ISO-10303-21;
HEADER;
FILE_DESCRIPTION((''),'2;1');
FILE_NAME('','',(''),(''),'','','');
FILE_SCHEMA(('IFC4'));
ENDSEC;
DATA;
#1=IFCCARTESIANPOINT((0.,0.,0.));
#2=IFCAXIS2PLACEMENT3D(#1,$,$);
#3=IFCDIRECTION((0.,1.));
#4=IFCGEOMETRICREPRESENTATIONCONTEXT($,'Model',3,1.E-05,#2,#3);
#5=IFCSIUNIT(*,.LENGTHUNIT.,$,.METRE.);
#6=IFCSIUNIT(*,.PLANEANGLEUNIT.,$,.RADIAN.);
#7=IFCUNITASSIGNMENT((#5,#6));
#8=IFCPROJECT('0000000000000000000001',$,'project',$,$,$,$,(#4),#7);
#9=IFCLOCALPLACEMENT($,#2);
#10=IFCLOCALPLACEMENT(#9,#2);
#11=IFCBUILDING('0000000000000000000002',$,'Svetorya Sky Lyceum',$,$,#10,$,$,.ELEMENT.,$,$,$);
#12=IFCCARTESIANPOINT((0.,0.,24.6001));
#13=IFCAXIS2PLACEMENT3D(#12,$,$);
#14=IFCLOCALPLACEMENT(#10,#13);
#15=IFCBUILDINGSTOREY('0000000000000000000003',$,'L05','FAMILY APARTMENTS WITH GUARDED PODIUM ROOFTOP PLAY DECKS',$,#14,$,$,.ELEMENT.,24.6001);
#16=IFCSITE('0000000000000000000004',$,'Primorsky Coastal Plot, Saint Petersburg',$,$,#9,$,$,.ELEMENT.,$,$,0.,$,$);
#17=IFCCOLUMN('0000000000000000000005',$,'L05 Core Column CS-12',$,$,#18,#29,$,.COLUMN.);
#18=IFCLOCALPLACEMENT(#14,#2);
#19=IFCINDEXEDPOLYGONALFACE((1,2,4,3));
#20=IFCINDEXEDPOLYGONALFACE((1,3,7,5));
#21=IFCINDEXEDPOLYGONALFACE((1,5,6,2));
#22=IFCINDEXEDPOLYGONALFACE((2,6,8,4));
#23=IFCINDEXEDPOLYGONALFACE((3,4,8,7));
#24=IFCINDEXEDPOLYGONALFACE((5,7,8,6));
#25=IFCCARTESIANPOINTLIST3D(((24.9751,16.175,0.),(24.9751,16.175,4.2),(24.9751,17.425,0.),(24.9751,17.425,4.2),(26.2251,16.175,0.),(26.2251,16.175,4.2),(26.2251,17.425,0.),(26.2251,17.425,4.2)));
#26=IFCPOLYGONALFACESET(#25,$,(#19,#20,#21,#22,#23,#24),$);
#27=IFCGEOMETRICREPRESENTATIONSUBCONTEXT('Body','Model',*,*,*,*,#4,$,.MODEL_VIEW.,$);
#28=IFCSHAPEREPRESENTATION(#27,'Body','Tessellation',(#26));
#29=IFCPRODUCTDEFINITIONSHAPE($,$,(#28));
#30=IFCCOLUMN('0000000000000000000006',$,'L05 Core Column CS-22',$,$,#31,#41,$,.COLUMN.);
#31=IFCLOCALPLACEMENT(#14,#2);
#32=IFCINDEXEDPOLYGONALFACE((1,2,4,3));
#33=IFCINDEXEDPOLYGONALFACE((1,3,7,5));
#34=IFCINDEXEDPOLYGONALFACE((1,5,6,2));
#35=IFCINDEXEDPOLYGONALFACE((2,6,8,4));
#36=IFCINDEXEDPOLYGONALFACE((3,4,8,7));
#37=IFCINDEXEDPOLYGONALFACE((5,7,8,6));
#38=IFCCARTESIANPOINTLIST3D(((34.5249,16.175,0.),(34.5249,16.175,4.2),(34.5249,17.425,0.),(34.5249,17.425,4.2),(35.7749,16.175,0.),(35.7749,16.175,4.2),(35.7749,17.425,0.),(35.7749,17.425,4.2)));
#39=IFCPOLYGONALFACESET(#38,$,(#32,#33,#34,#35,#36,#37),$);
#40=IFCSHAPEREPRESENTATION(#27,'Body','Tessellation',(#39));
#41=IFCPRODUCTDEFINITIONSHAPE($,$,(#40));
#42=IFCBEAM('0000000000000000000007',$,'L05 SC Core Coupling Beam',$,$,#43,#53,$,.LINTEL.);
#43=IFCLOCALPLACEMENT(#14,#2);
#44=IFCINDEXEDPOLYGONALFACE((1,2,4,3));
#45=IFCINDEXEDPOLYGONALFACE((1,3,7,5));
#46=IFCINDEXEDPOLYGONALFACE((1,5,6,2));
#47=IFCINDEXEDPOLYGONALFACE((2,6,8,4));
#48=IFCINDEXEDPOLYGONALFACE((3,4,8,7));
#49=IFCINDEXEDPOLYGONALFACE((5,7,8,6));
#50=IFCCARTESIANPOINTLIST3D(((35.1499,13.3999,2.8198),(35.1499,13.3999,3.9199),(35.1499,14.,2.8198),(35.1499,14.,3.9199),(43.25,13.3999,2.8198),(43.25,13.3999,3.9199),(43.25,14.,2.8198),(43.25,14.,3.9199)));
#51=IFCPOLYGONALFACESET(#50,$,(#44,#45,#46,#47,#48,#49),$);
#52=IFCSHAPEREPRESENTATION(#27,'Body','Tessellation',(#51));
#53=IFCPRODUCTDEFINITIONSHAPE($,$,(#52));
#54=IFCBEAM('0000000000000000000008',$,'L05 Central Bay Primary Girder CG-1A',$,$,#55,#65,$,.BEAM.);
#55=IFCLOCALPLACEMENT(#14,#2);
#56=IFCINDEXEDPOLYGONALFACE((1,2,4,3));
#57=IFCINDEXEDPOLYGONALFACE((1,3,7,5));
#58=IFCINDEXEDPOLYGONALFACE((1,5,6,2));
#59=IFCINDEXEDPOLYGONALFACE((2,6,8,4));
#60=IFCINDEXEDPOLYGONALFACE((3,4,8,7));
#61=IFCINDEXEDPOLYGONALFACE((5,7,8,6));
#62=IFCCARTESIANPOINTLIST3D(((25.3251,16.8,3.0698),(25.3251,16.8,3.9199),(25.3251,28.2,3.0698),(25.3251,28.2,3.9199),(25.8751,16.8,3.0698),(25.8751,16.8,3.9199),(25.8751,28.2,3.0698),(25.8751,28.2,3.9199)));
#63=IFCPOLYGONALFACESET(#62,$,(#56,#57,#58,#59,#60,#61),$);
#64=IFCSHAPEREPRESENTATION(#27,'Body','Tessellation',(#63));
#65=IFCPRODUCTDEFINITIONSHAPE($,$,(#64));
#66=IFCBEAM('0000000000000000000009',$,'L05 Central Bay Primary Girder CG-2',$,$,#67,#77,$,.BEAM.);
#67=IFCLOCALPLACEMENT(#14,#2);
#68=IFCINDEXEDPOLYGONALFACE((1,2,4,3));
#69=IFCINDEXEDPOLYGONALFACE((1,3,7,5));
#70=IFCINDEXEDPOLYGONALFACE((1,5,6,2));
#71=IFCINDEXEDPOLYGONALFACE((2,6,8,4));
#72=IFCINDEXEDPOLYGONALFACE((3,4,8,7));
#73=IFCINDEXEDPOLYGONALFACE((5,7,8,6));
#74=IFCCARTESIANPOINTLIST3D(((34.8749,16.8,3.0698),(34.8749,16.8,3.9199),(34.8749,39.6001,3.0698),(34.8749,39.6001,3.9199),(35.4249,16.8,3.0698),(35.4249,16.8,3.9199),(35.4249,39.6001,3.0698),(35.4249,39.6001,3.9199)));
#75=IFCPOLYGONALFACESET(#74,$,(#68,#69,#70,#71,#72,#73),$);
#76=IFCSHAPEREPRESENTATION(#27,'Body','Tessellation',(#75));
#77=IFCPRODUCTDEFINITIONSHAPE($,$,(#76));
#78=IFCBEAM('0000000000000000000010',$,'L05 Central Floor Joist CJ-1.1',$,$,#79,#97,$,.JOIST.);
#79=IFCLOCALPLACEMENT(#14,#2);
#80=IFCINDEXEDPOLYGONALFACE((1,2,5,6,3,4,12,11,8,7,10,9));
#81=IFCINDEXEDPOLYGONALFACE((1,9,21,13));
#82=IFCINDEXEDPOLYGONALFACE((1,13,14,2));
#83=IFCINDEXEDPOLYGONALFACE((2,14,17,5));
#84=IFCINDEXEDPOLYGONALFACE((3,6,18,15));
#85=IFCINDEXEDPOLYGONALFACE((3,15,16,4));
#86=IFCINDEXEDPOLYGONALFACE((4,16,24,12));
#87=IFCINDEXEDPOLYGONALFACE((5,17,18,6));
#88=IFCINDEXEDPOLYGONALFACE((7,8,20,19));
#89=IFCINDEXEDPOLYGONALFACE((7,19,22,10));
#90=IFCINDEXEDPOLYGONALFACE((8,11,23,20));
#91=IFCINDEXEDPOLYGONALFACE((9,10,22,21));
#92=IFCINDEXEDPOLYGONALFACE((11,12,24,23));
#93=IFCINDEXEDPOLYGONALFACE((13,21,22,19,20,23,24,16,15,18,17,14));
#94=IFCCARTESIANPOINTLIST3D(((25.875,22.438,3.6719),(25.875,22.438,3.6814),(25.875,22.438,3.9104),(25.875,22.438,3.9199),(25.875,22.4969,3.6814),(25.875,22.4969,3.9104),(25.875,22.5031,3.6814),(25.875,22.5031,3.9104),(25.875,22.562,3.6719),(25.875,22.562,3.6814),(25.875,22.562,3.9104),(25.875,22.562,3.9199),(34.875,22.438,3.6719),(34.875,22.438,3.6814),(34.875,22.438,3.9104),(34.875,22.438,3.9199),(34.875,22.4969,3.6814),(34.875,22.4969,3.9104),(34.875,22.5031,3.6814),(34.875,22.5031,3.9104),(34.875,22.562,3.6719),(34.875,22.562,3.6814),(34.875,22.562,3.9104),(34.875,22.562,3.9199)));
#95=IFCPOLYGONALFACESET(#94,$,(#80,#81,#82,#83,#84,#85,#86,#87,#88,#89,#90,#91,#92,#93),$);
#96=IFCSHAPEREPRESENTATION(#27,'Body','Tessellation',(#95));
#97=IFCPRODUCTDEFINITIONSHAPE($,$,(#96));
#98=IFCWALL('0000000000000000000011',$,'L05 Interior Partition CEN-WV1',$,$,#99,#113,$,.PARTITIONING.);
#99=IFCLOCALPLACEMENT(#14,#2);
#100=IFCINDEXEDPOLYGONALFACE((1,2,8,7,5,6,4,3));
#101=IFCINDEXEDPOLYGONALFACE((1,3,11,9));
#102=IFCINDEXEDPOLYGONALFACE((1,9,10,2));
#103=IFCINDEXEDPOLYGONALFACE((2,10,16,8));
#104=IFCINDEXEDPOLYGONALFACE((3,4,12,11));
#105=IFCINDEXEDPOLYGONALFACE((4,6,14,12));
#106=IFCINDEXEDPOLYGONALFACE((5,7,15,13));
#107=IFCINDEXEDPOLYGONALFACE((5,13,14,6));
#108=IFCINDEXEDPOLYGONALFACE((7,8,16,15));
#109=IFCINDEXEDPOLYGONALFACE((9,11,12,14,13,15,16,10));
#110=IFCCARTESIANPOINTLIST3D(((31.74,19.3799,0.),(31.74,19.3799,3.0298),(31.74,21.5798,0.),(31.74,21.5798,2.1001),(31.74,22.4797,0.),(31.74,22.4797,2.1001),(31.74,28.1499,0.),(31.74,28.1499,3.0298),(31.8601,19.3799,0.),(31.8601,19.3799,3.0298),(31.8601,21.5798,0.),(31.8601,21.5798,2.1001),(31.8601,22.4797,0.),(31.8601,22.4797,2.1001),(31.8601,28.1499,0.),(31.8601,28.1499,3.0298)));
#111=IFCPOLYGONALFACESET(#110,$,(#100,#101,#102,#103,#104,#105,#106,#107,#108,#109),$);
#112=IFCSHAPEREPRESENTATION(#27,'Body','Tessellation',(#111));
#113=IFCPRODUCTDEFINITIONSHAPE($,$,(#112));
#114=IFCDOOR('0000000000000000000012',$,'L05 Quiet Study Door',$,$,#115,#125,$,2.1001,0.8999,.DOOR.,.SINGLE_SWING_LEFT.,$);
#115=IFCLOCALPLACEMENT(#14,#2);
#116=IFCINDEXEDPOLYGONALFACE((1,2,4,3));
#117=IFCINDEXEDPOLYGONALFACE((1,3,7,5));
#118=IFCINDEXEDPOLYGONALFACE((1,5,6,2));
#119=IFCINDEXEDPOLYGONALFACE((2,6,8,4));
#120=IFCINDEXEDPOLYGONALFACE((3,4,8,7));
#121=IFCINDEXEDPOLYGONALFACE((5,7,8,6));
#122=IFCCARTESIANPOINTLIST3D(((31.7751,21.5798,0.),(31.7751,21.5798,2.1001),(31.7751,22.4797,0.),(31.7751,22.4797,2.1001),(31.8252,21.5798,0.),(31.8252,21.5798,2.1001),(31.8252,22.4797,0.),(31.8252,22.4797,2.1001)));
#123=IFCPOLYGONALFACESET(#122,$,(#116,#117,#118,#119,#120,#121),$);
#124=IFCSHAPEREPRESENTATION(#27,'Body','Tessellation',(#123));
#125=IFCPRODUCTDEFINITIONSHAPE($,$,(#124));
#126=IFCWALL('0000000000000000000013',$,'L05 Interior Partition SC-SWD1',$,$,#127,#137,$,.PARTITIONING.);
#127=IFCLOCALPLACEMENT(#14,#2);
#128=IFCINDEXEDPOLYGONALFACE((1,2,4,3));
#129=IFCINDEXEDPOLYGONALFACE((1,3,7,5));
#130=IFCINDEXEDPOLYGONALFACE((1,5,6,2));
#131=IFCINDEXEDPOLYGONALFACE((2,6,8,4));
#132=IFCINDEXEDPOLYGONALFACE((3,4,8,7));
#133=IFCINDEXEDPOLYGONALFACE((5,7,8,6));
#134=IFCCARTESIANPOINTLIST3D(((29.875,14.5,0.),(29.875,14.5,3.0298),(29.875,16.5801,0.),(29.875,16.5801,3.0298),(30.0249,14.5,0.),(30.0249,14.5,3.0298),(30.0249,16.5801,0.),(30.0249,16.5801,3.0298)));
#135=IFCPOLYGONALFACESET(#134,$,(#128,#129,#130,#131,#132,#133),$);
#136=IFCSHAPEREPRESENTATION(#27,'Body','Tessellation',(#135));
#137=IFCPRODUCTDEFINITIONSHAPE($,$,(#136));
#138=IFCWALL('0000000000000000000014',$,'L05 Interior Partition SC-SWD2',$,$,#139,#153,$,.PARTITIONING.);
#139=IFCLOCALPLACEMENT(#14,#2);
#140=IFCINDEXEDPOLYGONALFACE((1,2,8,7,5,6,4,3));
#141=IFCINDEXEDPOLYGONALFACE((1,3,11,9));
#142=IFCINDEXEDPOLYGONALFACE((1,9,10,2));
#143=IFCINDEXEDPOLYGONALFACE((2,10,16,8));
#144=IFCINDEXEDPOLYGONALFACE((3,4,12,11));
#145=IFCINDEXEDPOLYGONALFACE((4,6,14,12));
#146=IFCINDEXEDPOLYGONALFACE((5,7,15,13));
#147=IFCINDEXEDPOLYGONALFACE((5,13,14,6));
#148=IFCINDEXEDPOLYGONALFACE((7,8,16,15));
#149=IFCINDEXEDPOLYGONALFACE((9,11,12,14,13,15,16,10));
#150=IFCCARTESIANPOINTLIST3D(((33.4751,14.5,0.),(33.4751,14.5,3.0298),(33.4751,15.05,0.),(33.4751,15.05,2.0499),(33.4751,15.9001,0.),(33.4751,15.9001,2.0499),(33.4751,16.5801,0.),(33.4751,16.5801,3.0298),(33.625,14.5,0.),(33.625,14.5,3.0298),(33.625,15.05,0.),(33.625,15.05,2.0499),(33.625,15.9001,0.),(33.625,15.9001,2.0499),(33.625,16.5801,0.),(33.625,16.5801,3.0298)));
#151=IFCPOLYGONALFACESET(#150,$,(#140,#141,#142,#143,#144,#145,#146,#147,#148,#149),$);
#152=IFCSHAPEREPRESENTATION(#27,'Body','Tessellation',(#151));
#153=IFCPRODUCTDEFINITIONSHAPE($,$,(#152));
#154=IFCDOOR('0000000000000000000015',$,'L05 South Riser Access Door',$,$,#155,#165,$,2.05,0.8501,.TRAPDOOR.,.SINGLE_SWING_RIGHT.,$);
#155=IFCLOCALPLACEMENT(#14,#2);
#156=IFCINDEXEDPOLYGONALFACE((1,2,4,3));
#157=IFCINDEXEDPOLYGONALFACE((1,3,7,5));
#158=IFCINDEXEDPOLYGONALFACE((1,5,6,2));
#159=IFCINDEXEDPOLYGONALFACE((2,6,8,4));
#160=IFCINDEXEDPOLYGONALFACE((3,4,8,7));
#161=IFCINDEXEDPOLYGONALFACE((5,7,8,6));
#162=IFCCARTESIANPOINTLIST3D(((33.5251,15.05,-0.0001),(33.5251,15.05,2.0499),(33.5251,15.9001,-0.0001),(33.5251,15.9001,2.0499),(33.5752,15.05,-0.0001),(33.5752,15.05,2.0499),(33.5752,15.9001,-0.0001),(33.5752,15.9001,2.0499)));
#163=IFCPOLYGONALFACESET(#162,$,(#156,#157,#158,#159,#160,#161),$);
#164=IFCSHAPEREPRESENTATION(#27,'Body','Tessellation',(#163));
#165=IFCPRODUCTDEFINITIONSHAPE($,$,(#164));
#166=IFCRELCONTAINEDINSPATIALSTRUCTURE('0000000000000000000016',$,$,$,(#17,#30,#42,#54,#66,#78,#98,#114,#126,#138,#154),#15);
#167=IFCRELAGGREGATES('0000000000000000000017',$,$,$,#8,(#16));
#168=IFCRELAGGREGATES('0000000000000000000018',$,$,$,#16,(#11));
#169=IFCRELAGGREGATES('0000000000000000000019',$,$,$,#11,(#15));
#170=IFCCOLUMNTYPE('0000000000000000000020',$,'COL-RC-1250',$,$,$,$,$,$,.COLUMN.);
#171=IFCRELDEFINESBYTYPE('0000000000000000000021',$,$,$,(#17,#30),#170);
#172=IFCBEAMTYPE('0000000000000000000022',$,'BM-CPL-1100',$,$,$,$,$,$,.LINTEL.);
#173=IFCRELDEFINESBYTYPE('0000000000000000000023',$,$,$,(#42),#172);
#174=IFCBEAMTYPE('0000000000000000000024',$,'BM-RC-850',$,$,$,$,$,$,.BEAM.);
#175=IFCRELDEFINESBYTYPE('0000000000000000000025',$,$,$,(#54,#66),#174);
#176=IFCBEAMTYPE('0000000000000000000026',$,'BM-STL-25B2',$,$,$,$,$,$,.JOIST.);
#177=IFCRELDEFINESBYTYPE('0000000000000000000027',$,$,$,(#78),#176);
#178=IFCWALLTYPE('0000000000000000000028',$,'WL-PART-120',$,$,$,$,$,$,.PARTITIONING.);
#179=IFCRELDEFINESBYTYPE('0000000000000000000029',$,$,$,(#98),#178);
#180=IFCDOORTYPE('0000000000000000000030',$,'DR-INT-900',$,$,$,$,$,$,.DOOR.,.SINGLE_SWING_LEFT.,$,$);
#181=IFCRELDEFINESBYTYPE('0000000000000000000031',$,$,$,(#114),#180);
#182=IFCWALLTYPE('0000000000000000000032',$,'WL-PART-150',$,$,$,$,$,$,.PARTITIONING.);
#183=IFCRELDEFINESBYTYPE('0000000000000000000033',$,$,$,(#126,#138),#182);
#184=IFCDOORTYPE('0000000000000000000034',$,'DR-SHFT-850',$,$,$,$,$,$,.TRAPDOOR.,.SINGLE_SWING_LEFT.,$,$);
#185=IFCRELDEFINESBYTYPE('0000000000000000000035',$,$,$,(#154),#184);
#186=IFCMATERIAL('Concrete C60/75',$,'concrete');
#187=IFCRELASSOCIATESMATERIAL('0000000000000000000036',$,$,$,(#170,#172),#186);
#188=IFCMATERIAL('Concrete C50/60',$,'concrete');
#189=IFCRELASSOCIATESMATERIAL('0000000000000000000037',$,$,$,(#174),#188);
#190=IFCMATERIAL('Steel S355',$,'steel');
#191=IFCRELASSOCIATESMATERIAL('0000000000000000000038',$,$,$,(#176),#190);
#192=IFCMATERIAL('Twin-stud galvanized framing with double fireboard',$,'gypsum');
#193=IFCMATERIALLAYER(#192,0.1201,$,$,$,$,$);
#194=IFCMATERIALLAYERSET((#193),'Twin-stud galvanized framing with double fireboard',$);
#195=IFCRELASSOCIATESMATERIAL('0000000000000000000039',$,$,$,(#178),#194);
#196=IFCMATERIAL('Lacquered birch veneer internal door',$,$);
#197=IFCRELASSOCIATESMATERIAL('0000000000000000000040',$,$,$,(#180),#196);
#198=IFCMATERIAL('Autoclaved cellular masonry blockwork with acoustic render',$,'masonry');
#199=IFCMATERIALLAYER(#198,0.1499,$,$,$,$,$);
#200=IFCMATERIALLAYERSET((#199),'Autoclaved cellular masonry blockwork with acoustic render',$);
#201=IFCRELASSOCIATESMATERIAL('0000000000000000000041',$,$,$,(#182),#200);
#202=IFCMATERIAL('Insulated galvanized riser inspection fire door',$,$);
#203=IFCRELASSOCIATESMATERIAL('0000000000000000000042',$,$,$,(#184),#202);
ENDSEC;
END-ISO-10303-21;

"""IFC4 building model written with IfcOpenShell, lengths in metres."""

from ifc_helpers import new_model, si_unit, direction, frame, frame_2d, origin, origin_2d, place, context, subcontext, project, spatial, rectangle, i_section, extrude, material, layer, layer_set, material_profile, profile_set, type_object, element, fill, save


model = new_model("IFC4")

# Units and contexts
model_context = context("Model", 3, precision=1e-05, world=origin(), true_north=direction((0.0, 1.0)))
body_context = subcontext(model_context, "Body", "Model", "MODEL_VIEW")
ifc_project = project(units=[si_unit("LENGTHUNIT", "METRE"), si_unit("PLANEANGLEUNIT", "RADIAN")], contexts=[model_context])

# Site, building, storey
site_placement = place(None, origin())
site = spatial("IfcSite", under=ifc_project, at=site_placement, Name="Primorsky Coastal Plot, Saint Petersburg", CompositionType="ELEMENT", RefElevation=0.0)
building_placement = place(site_placement, origin())
building = spatial("IfcBuilding", under=site, at=building_placement, Name="Svetorya Sky Lyceum", CompositionType="ELEMENT")
storey_placement = place(building_placement, frame((0.0, 0.0, 24.6001)))
storey = spatial("IfcBuildingStorey", under=building, at=storey_placement, Name="L05", Description="FAMILY APARTMENTS WITH GUARDED PODIUM ROOFTOP PLAY DECKS", CompositionType="ELEMENT", Elevation=24.6001)

# Columns
ifc_material_1 = material(Name="Concrete C60/75", Category="concrete")
ifc_material_profile_1 = material_profile(ifc_material_1, rectangle(XDim=1.25, YDim=1.25, at=origin_2d()), Name="RC COL 1250x1250")
ifc_profile_set_1 = profile_set([ifc_material_profile_1], Name="Concrete C60/75")
column_type = type_object("IfcColumnType", Name="COL-RC-1250", PredefinedType="COLUMN", material=ifc_profile_set_1)
for number, where, z_axis, x_axis, name in (
    (1, (25.6001, 16.8, 0.0), (0.0, 0.0, 1.0), (1.0, 0.0, 0.0), "L05 Core Column CS-12"),
    (2, (35.1499, 16.8, 0.0), (0.0, 0.0, 1.0), (1.0, 0.0, 0.0), "L05 Core Column CS-22"),
):
    element("IfcColumn", number, at=place(storey_placement, frame(where, z_axis=z_axis, x_axis=x_axis)), inside=storey, type_object=column_type, Name=name, PredefinedType="COLUMN", context=body_context, shape_type="SweptSolid", body=[
        extrude(rectangle(XDim=1.25, YDim=1.25, at=origin_2d()), origin(), (0.0, 0.0, 1.0), 4.2),
    ])

# Beams
ifc_material_profile_2 = material_profile(ifc_material_1, rectangle(XDim=0.6001, YDim=1.1001, at=origin_2d()), Name="RC COUPLING 600x1100")
ifc_profile_set_2 = profile_set([ifc_material_profile_2], Name="Concrete C60/75")
beam_type_1 = type_object("IfcBeamType", Name="BM-CPL-1100", PredefinedType="LINTEL", material=ifc_profile_set_2)
beam_1_placement = place(storey_placement, frame((35.1499, 13.7, 3.3699), z_axis=(1.0, 0.0, 0.0), x_axis=(0.0, 1.0, 0.0)))
element("IfcBeam", 3, at=beam_1_placement, inside=storey, type_object=beam_type_1, Name="L05 SC Core Coupling Beam", PredefinedType="LINTEL", context=body_context, shape_type="SweptSolid", body=[
    extrude(rectangle(XDim=0.6001, YDim=1.1001, at=origin_2d()), origin(), (0.0, 0.0, 1.0), 8.1001),
])
ifc_material_2 = material(Name="Concrete C50/60", Category="concrete")
ifc_material_profile_3 = material_profile(ifc_material_2, rectangle(XDim=0.55, YDim=0.8501, at=origin_2d()), Name="RC BEAM 550x850")
ifc_profile_set_3 = profile_set([ifc_material_profile_3], Name="Concrete C50/60")
beam_type_2 = type_object("IfcBeamType", Name="BM-RC-850", PredefinedType="BEAM", material=ifc_profile_set_3)
beam_2_placement = place(storey_placement, frame((25.6001, 16.8, 3.4949), z_axis=(0.0, 1.0, 0.0), x_axis=(-1.0, 0.0, 0.0)))
element("IfcBeam", 4, at=beam_2_placement, inside=storey, type_object=beam_type_2, Name="L05 Central Bay Primary Girder CG-1A", PredefinedType="BEAM", context=body_context, shape_type="SweptSolid", body=[
    extrude(rectangle(XDim=0.55, YDim=0.8501, at=origin_2d()), origin(), (0.0, 0.0, 1.0), 11.3999),
])
beam_3_placement = place(storey_placement, frame((35.1499, 16.8, 3.4949), z_axis=(0.0, 1.0, 0.0), x_axis=(-1.0, 0.0, 0.0)))
element("IfcBeam", 5, at=beam_3_placement, inside=storey, type_object=beam_type_2, Name="L05 Central Bay Primary Girder CG-2", PredefinedType="BEAM", context=body_context, shape_type="SweptSolid", body=[
    extrude(rectangle(XDim=0.55, YDim=0.8501, at=origin_2d()), origin(), (0.0, 0.0, 1.0), 22.8),
])
ifc_material_3 = material(Name="Steel S355", Category="steel")
ifc_material_profile_4 = material_profile(ifc_material_3, i_section(OverallWidth=0.124, OverallDepth=0.248, WebThickness=0.0061, FlangeThickness=0.0095, at=origin_2d()), Name="GOST 25B2")
ifc_profile_set_4 = profile_set([ifc_material_profile_4], Name="Steel S355")
beam_type_3 = type_object("IfcBeamType", Name="BM-STL-25B2", PredefinedType="JOIST", material=ifc_profile_set_4)
beam_4_placement = place(storey_placement, frame((25.875, 22.5, 3.7959), z_axis=(1.0, 0.0, 0.0), x_axis=(0.0, 1.0, 0.0)))
element("IfcBeam", 6, at=beam_4_placement, inside=storey, type_object=beam_type_3, Name="L05 Central Floor Joist CJ-1.1", PredefinedType="JOIST", context=body_context, shape_type="SweptSolid", body=[
    extrude(i_section(OverallWidth=0.124, OverallDepth=0.248, WebThickness=0.0061, FlangeThickness=0.0095, at=origin_2d()), origin(), (0.0, 0.0, 1.0), 9.0),
])

# Wall, opening, door
ifc_material_4 = material(Name="Twin-stud galvanized framing with double fireboard", Category="gypsum")
ifc_layer_1 = layer(ifc_material_4, 0.1201)
ifc_layer_set_1 = layer_set([ifc_layer_1], Name="Twin-stud galvanized framing with double fireboard")
wall_type_1 = type_object("IfcWallType", Name="WL-PART-120", PredefinedType="PARTITIONING", material=ifc_layer_set_1)
wall_1_placement = place(storey_placement, frame((31.8, 19.3799, 0.0), z_axis=(0.0, 0.0, 1.0), x_axis=(0.0, 1.0, 0.0)))
wall_1 = element("IfcWall", 7, at=wall_1_placement, inside=storey, type_object=wall_type_1, Name="L05 Interior Partition CEN-WV1", PredefinedType="PARTITIONING", context=body_context, shape_type="SweptSolid", body=[
    extrude(rectangle(XDim=8.77, YDim=0.1201, at=frame_2d((4.385, 0.0))), origin(), (0.0, 0.0, 1.0), 3.0298),
])
opening_1_placement = place(wall_1_placement, frame((2.2, 0.0, 0.0)))
opening_1 = element("IfcOpeningElement", 8, at=opening_1_placement, cuts=wall_1, PredefinedType="OPENING", context=body_context, shape_type="SweptSolid", body=[
    extrude(rectangle(XDim=0.8999, YDim=2.1001, at=frame_2d((0.45, 1.05))), frame((0.0, 0.0701, 0.0), z_axis=(0.0, -1.0, 0.0), x_axis=(1.0, 0.0, 0.0)), (0.0, 0.0, 1.0), 0.1401),
])
ifc_material_5 = material(Name="Lacquered birch veneer internal door")
door_type_1 = type_object("IfcDoorType", Name="DR-INT-900", OperationType="SINGLE_SWING_LEFT", PredefinedType="DOOR", material=ifc_material_5)
door_1_placement = place(opening_1_placement, origin())
door_1 = element("IfcDoor", 9, at=door_1_placement, inside=storey, type_object=door_type_1, Name="L05 Quiet Study Door", OperationType="SINGLE_SWING_LEFT", OverallHeight=2.1001, OverallWidth=0.8999, PredefinedType="DOOR", context=body_context, shape_type="SweptSolid", body=[
    extrude(rectangle(XDim=0.8999, YDim=2.1001, at=frame_2d((0.45, 1.05))), frame((0.0, 0.0249, 0.0), z_axis=(0.0, -1.0, 0.0), x_axis=(1.0, 0.0, 0.0)), (0.0, 0.0, 1.0), 0.05),
])
fill(opening_1, door_1)

# Wall
ifc_material_6 = material(Name="Autoclaved cellular masonry blockwork with acoustic render", Category="masonry")
ifc_layer_2 = layer(ifc_material_6, 0.1499)
ifc_layer_set_2 = layer_set([ifc_layer_2], Name="Autoclaved cellular masonry blockwork with acoustic render")
wall_type_2 = type_object("IfcWallType", Name="WL-PART-150", PredefinedType="PARTITIONING", material=ifc_layer_set_2)
wall_2_placement = place(storey_placement, frame((29.95, 14.5, 0.0), z_axis=(0.0, 0.0, 1.0), x_axis=(0.0, 1.0, 0.0)))
element("IfcWall", 10, at=wall_2_placement, inside=storey, type_object=wall_type_2, Name="L05 Interior Partition SC-SWD1", PredefinedType="PARTITIONING", context=body_context, shape_type="SweptSolid", body=[
    extrude(rectangle(XDim=2.0801, YDim=0.1499, at=frame_2d((1.04, 0.0))), origin(), (0.0, 0.0, 1.0), 3.0298),
])

# Wall, opening, door
wall_3_placement = place(storey_placement, frame((33.55, 14.5, 0.0), z_axis=(0.0, 0.0, 1.0), x_axis=(0.0, 1.0, 0.0)))
wall_3 = element("IfcWall", 11, at=wall_3_placement, inside=storey, type_object=wall_type_2, Name="L05 Interior Partition SC-SWD2", PredefinedType="PARTITIONING", context=body_context, shape_type="SweptSolid", body=[
    extrude(rectangle(XDim=2.0801, YDim=0.1499, at=frame_2d((1.04, 0.0))), origin(), (0.0, 0.0, 1.0), 3.0298),
])
opening_2_placement = place(wall_3_placement, frame((0.55, 0.0, 0.0)))
opening_2 = element("IfcOpeningElement", 12, at=opening_2_placement, cuts=wall_3, PredefinedType="OPENING", context=body_context, shape_type="SweptSolid", body=[
    extrude(rectangle(XDim=0.8501, YDim=2.05, at=frame_2d((0.425, 1.0249))), frame((0.0, 0.085, 0.0), z_axis=(0.0, -1.0, 0.0), x_axis=(1.0, 0.0, 0.0)), (0.0, 0.0, 1.0), 0.1699),
])
ifc_material_7 = material(Name="Insulated galvanized riser inspection fire door")
door_type_2 = type_object("IfcDoorType", Name="DR-SHFT-850", OperationType="SINGLE_SWING_LEFT", PredefinedType="TRAPDOOR", material=ifc_material_7)
door_2_placement = place(opening_2_placement, origin())
door_2 = element("IfcDoor", 13, at=door_2_placement, inside=storey, type_object=door_type_2, Name="L05 South Riser Access Door", OperationType="SINGLE_SWING_RIGHT", OverallHeight=2.05, OverallWidth=0.8501, PredefinedType="TRAPDOOR", context=body_context, shape_type="SweptSolid", body=[
    extrude(rectangle(XDim=0.8501, YDim=2.05, at=frame_2d((0.425, 1.0249))), frame((0.0, 0.0249, 0.0), z_axis=(0.0, -1.0, 0.0), x_axis=(1.0, 0.0, 0.0)), (0.0, 0.0, 1.0), 0.05),
])
fill(opening_2, door_2)

save(model, "model.ifc")
